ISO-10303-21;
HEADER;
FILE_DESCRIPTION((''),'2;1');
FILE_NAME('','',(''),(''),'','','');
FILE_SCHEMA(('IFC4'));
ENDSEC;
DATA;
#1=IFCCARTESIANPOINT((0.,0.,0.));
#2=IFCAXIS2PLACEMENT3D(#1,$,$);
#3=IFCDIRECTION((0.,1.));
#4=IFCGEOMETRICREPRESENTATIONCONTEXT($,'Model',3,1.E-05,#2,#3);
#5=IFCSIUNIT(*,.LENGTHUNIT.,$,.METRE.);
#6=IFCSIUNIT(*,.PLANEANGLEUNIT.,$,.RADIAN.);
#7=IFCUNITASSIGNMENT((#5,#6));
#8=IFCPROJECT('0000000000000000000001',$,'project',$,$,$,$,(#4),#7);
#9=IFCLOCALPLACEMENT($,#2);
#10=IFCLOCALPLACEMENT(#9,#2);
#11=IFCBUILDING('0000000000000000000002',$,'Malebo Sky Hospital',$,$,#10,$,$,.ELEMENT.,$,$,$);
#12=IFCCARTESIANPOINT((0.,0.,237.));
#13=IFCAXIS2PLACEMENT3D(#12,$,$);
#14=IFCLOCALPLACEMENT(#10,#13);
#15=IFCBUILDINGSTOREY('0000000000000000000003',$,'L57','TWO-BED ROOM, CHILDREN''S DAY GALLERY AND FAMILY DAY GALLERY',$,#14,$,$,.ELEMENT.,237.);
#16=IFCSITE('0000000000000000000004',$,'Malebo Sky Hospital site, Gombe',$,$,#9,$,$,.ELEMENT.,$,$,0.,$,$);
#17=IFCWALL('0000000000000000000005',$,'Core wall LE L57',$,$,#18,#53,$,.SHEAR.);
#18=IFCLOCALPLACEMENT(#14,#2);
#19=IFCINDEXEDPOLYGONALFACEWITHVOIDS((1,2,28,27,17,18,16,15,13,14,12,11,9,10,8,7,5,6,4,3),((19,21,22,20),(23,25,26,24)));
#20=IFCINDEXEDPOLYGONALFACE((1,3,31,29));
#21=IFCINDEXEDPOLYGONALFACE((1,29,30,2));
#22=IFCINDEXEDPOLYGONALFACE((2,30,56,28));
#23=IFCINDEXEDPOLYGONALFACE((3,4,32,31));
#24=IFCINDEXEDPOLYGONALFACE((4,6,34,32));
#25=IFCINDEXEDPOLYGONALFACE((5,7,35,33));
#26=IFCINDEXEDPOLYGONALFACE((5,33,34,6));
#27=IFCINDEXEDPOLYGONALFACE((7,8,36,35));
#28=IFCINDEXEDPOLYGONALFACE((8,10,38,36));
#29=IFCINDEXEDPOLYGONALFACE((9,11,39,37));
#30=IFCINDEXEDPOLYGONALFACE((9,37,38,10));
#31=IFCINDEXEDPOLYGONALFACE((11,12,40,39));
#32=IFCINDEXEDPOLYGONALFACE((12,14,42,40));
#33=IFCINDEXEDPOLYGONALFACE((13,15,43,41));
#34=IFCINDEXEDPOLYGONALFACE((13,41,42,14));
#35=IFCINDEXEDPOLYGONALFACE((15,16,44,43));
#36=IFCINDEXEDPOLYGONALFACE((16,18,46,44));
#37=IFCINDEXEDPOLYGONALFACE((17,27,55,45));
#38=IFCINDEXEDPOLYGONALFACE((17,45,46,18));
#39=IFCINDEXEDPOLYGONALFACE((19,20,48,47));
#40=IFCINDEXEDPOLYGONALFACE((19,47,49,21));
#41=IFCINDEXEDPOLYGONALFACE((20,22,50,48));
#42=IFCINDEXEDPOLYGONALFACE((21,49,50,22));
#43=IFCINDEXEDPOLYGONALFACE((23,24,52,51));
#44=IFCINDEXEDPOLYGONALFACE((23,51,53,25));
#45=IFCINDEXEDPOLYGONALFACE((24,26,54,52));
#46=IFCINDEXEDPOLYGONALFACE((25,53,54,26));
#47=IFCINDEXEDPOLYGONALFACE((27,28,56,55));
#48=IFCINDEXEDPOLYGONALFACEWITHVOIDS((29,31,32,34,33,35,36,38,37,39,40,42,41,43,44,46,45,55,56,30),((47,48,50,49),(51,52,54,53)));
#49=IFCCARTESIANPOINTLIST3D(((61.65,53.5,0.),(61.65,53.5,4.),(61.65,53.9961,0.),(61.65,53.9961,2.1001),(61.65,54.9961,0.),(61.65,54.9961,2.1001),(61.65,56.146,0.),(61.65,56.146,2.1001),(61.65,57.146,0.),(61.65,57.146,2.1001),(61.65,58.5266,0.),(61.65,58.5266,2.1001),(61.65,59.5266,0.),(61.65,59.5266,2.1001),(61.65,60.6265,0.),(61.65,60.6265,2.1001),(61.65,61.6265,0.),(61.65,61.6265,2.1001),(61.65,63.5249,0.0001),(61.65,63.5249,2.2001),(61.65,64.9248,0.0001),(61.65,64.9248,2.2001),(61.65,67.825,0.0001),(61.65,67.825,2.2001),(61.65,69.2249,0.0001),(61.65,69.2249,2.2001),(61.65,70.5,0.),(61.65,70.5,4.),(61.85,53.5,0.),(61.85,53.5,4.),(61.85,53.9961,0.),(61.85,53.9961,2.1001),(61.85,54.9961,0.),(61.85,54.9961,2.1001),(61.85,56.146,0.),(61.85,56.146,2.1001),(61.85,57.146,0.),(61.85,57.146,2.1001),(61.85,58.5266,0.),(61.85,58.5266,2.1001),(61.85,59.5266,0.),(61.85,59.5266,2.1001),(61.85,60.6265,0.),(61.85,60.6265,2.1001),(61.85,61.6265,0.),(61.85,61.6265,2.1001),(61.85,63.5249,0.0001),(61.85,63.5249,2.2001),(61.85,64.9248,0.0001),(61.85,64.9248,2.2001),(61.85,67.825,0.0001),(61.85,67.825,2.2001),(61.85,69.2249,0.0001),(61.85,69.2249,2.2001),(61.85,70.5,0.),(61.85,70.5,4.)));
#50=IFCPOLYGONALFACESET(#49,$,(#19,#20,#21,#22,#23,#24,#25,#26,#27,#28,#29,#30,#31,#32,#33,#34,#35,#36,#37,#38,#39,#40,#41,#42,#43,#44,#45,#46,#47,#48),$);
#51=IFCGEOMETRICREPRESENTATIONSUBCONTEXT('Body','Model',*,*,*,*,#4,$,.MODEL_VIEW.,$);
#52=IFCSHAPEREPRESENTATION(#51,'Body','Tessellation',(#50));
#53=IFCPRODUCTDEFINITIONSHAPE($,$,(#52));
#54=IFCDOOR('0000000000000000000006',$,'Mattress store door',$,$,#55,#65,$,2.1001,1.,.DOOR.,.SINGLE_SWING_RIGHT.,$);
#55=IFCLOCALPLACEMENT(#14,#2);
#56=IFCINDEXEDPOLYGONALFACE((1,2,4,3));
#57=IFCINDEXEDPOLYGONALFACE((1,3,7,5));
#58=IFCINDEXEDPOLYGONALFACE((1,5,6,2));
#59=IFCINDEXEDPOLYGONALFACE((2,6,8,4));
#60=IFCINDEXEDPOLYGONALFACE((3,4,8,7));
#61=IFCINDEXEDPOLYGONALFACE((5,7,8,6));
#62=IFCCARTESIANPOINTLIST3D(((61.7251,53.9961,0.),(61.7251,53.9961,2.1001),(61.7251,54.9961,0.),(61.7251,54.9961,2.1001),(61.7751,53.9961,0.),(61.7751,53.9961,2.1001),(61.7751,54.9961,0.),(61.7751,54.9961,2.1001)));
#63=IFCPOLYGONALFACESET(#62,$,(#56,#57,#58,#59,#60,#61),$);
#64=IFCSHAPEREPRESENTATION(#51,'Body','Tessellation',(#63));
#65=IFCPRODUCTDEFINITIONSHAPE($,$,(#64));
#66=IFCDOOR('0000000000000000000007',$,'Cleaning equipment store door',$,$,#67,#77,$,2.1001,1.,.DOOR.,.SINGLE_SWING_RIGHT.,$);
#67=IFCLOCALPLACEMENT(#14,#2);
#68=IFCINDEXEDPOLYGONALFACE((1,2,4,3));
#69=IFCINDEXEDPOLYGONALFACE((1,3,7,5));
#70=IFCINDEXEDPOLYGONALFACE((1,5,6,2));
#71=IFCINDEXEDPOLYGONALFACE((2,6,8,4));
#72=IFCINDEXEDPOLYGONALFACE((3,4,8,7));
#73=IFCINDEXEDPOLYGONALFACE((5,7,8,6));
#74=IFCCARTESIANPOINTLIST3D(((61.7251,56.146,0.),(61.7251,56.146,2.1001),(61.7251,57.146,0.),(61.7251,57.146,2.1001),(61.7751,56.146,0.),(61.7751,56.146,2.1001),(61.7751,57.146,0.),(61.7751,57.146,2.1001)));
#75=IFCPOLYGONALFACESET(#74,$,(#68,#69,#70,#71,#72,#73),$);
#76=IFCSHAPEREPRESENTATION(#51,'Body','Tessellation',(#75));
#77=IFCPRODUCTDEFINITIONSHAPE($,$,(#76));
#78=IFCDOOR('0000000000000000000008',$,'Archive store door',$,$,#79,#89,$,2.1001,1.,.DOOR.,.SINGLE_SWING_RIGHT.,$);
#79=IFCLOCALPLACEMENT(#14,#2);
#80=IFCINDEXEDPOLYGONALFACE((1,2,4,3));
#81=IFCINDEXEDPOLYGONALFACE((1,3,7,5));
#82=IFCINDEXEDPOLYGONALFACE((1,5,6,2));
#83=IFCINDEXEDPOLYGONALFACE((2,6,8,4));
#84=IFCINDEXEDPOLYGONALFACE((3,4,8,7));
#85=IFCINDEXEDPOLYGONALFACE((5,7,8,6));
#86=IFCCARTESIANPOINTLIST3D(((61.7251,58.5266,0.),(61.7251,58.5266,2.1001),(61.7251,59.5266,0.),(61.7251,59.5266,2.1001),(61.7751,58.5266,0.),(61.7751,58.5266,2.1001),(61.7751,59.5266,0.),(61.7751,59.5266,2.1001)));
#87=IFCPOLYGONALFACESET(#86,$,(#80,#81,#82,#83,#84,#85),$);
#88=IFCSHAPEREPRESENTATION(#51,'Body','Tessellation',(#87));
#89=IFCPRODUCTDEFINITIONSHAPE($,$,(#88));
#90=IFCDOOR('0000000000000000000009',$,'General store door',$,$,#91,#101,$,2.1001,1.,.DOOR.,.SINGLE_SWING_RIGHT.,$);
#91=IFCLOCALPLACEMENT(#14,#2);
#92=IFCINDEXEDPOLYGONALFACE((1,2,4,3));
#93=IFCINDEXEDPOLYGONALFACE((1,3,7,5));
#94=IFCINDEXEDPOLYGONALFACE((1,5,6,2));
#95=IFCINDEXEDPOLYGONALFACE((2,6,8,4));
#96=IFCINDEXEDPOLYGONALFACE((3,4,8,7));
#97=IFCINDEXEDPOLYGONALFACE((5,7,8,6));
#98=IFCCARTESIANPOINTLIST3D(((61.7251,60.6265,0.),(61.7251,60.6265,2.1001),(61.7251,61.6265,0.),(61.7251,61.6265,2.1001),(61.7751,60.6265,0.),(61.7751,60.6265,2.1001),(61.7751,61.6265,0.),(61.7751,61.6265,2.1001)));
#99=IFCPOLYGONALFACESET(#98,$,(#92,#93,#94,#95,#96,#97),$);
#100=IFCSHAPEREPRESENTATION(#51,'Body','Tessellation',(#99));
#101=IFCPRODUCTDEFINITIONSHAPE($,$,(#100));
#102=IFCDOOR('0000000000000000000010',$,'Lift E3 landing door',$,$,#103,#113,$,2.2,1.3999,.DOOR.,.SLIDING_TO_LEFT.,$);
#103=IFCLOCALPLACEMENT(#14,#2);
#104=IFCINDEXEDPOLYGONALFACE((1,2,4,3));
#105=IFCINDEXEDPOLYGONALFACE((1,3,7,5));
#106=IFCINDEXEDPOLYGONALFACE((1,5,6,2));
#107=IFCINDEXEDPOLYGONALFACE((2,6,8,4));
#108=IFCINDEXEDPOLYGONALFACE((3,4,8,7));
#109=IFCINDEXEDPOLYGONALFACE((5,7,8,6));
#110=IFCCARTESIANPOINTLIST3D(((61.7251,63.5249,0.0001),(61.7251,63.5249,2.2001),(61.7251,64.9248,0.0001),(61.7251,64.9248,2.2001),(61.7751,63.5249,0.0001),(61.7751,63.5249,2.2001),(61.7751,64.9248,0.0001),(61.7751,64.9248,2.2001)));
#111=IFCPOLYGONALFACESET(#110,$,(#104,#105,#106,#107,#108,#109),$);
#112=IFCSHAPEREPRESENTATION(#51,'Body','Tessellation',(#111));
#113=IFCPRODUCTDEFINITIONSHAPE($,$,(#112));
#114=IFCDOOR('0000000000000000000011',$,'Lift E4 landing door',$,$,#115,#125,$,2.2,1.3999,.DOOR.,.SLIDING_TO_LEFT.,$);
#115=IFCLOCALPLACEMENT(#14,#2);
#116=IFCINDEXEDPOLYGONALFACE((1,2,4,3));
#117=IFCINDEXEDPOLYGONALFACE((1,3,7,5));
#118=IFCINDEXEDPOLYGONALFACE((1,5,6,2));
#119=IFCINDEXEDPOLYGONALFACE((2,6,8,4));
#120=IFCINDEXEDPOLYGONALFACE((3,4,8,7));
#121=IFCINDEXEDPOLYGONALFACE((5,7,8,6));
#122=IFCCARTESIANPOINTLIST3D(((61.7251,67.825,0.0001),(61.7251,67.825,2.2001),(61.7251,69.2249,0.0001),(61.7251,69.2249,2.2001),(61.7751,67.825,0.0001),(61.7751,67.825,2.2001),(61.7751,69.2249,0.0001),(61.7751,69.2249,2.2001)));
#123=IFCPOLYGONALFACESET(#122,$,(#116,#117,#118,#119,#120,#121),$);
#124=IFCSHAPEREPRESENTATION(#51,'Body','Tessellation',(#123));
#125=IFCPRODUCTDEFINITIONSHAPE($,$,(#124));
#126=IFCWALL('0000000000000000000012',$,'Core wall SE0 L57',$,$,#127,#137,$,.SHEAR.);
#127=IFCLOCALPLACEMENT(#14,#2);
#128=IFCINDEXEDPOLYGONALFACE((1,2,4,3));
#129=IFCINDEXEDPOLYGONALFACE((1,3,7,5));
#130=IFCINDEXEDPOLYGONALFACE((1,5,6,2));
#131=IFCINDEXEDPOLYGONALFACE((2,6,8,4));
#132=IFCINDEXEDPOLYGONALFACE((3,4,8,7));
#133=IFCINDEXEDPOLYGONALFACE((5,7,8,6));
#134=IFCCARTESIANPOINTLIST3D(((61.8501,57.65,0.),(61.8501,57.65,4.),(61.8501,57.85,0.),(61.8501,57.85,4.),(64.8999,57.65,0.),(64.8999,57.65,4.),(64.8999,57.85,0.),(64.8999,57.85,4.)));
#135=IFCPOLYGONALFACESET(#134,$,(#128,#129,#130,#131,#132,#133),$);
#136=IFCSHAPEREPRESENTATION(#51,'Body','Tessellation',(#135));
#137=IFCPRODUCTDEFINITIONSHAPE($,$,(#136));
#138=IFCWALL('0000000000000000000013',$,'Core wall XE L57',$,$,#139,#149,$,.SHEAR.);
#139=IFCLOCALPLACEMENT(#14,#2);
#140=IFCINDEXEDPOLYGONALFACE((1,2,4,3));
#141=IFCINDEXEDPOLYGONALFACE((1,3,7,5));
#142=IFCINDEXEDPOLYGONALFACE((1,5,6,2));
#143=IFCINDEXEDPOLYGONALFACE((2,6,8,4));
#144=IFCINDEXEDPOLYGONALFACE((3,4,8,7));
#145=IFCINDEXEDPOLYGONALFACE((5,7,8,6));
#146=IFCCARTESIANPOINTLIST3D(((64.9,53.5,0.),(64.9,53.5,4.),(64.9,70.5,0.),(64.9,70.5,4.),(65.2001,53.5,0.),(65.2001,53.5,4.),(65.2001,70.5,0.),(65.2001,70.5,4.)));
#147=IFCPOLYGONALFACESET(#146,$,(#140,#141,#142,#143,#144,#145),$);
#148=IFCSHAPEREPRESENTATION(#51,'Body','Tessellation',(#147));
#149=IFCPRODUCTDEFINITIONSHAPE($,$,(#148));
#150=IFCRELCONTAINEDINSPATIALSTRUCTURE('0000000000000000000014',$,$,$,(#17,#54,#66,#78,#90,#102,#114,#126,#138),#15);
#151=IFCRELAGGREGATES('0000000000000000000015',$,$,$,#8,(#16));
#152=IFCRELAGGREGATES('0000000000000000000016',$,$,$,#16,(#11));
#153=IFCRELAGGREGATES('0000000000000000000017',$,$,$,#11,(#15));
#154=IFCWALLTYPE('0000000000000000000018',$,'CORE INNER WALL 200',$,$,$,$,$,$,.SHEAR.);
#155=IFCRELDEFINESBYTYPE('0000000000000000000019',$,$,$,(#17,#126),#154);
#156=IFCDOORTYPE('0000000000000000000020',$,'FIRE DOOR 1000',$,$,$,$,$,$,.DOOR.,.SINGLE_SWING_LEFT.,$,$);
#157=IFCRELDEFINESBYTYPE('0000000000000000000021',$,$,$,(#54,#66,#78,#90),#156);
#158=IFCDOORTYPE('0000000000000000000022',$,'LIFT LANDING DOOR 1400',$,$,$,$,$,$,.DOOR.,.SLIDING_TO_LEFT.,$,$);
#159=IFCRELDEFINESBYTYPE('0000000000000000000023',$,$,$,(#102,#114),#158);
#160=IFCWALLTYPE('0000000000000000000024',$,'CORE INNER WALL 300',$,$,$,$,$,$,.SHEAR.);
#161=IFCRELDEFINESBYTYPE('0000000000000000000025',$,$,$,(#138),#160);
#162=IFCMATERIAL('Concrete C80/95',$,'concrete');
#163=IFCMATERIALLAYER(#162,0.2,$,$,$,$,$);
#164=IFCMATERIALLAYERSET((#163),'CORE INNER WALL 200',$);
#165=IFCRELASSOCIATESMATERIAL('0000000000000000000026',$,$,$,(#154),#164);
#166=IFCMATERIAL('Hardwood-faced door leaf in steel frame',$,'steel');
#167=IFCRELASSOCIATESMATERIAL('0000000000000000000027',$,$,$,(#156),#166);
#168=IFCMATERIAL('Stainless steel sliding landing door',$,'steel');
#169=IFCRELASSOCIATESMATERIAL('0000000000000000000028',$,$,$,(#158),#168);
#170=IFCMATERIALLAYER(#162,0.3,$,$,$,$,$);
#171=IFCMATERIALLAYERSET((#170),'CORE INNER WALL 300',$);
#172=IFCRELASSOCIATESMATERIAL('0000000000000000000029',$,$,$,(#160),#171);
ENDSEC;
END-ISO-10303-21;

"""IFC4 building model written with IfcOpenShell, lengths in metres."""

from ifc_helpers import new_model, si_unit, direction, frame, frame_2d, origin, place, context, subcontext, project, spatial, rectangle, extrude, material, layer, layer_set, type_object, element, fill, save


model = new_model("IFC4")

# Units and contexts
model_context = context("Model", 3, precision=1e-05, world=origin(), true_north=direction((0.0, 1.0)))
body_context = subcontext(model_context, "Body", "Model", "MODEL_VIEW")
ifc_project = project(units=[si_unit("LENGTHUNIT", "METRE"), si_unit("PLANEANGLEUNIT", "RADIAN")], contexts=[model_context])

# Site, building, storey
site_placement = place(None, origin())
site = spatial("IfcSite", under=ifc_project, at=site_placement, Name="Malebo Sky Hospital site, Gombe", CompositionType="ELEMENT", RefElevation=0.0)
building_placement = place(site_placement, origin())
building = spatial("IfcBuilding", under=site, at=building_placement, Name="Malebo Sky Hospital", CompositionType="ELEMENT")
storey_placement = place(building_placement, frame((0.0, 0.0, 237.0)))
storey = spatial("IfcBuildingStorey", under=building, at=storey_placement, Name="L57", Description="TWO-BED ROOM, CHILDREN'S DAY GALLERY AND FAMILY DAY GALLERY", CompositionType="ELEMENT", Elevation=237.0)

# Wall, openings, doors
ifc_material_1 = material(Name="Concrete C80/95", Category="concrete")
ifc_layer_1 = layer(ifc_material_1, 0.2)
ifc_layer_set_1 = layer_set([ifc_layer_1], Name="CORE INNER WALL 200")
wall_type_1 = type_object("IfcWallType", Name="CORE INNER WALL 200", PredefinedType="SHEAR", material=ifc_layer_set_1)
ifc_material_2 = material(Name="Hardwood-faced door leaf in steel frame", Category="steel")
door_type_1 = type_object("IfcDoorType", Name="FIRE DOOR 1000", OperationType="SINGLE_SWING_LEFT", PredefinedType="DOOR", material=ifc_material_2)
ifc_material_3 = material(Name="Stainless steel sliding landing door", Category="steel")
door_type_2 = type_object("IfcDoorType", Name="LIFT LANDING DOOR 1400", OperationType="SLIDING_TO_LEFT", PredefinedType="DOOR", material=ifc_material_3)
wall_1_placement = place(storey_placement, frame((61.75, 53.5, 0.0), z_axis=(0.0, 0.0, 1.0), x_axis=(0.0, 1.0, 0.0)))
wall_1 = element("IfcWall", 1, at=wall_1_placement, inside=storey, type_object=wall_type_1, Name="Core wall LE L57", PredefinedType="SHEAR", context=body_context, shape_type="SweptSolid", body=[
    extrude(rectangle(XDim=17.0, YDim=0.2, at=frame_2d((8.5, 0.0))), origin(), (0.0, 0.0, 1.0), 4.0),
])
opening_1_placement = place(wall_1_placement, frame((0.4961, 0.0, 0.0)))
opening_1 = element("IfcOpeningElement", 2, at=opening_1_placement, cuts=wall_1, PredefinedType="OPENING", context=body_context, shape_type="SweptSolid", body=[
    extrude(rectangle(XDim=1.0, YDim=2.1001, at=frame_2d((0.5, 1.05))), frame((0.0, 0.1099, 0.0), z_axis=(0.0, -1.0, 0.0), x_axis=(1.0, 0.0, 0.0)), (0.0, 0.0, 1.0), 0.22),
])
opening_2_placement = place(wall_1_placement, frame((2.646, 0.0, 0.0)))
opening_2 = element("IfcOpeningElement", 3, at=opening_2_placement, cuts=wall_1, PredefinedType="OPENING", context=body_context, shape_type="SweptSolid", body=[
    extrude(rectangle(XDim=1.0, YDim=2.1001, at=frame_2d((0.5, 1.05))), frame((0.0, 0.1099, 0.0), z_axis=(0.0, -1.0, 0.0), x_axis=(1.0, 0.0, 0.0)), (0.0, 0.0, 1.0), 0.22),
])
opening_3_placement = place(wall_1_placement, frame((5.0266, 0.0, 0.0)))
opening_3 = element("IfcOpeningElement", 4, at=opening_3_placement, cuts=wall_1, PredefinedType="OPENING", context=body_context, shape_type="SweptSolid", body=[
    extrude(rectangle(XDim=1.0, YDim=2.1001, at=frame_2d((0.5, 1.05))), frame((0.0, 0.1099, 0.0), z_axis=(0.0, -1.0, 0.0), x_axis=(1.0, 0.0, 0.0)), (0.0, 0.0, 1.0), 0.22),
])
opening_4_placement = place(wall_1_placement, frame((7.1265, 0.0, 0.0)))
opening_4 = element("IfcOpeningElement", 5, at=opening_4_placement, cuts=wall_1, PredefinedType="OPENING", context=body_context, shape_type="SweptSolid", body=[
    extrude(rectangle(XDim=1.0, YDim=2.1001, at=frame_2d((0.5, 1.05))), frame((0.0, 0.1099, 0.0), z_axis=(0.0, -1.0, 0.0), x_axis=(1.0, 0.0, 0.0)), (0.0, 0.0, 1.0), 0.22),
])
opening_5_placement = place(wall_1_placement, frame((10.0249, 0.0, 0.0)))
opening_5 = element("IfcOpeningElement", 6, at=opening_5_placement, cuts=wall_1, PredefinedType="OPENING", context=body_context, shape_type="SweptSolid", body=[
    extrude(rectangle(XDim=1.3999, YDim=2.2, at=frame_2d((0.7, 1.1001))), frame((0.0, 0.1099, 0.0), z_axis=(0.0, -1.0, 0.0), x_axis=(1.0, 0.0, 0.0)), (0.0, 0.0, 1.0), 0.22),
])
opening_6_placement = place(wall_1_placement, frame((14.325, 0.0, 0.0)))
opening_6 = element("IfcOpeningElement", 7, at=opening_6_placement, cuts=wall_1, PredefinedType="OPENING", context=body_context, shape_type="SweptSolid", body=[
    extrude(rectangle(XDim=1.3999, YDim=2.2, at=frame_2d((0.7, 1.1001))), frame((0.0, 0.1099, 0.0), z_axis=(0.0, -1.0, 0.0), x_axis=(1.0, 0.0, 0.0)), (0.0, 0.0, 1.0), 0.22),
])
door_1_placement = place(opening_1_placement, origin())
door_1 = element("IfcDoor", 8, at=door_1_placement, inside=storey, type_object=door_type_1, Name="Mattress store door", OperationType="SINGLE_SWING_RIGHT", OverallHeight=2.1001, OverallWidth=1.0, PredefinedType="DOOR", context=body_context, shape_type="SweptSolid", body=[
    extrude(rectangle(XDim=1.0, YDim=2.1001, at=frame_2d((0.5, 1.05))), frame((0.0, 0.0249, 0.0), z_axis=(0.0, -1.0, 0.0), x_axis=(1.0, 0.0, 0.0)), (0.0, 0.0, 1.0), 0.05),
])
fill(opening_1, door_1)
door_2_placement = place(opening_2_placement, origin())
door_2 = element("IfcDoor", 9, at=door_2_placement, inside=storey, type_object=door_type_1, Name="Cleaning equipment store door", OperationType="SINGLE_SWING_RIGHT", OverallHeight=2.1001, OverallWidth=1.0, PredefinedType="DOOR", context=body_context, shape_type="SweptSolid", body=[
    extrude(rectangle(XDim=1.0, YDim=2.1001, at=frame_2d((0.5, 1.05))), frame((0.0, 0.0249, 0.0), z_axis=(0.0, -1.0, 0.0), x_axis=(1.0, 0.0, 0.0)), (0.0, 0.0, 1.0), 0.05),
])
fill(opening_2, door_2)
door_3_placement = place(opening_3_placement, origin())
door_3 = element("IfcDoor", 10, at=door_3_placement, inside=storey, type_object=door_type_1, Name="Archive store door", OperationType="SINGLE_SWING_RIGHT", OverallHeight=2.1001, OverallWidth=1.0, PredefinedType="DOOR", context=body_context, shape_type="SweptSolid", body=[
    extrude(rectangle(XDim=1.0, YDim=2.1001, at=frame_2d((0.5, 1.05))), frame((0.0, 0.0249, 0.0), z_axis=(0.0, -1.0, 0.0), x_axis=(1.0, 0.0, 0.0)), (0.0, 0.0, 1.0), 0.05),
])
fill(opening_3, door_3)
door_4_placement = place(opening_4_placement, origin())
door_4 = element("IfcDoor", 11, at=door_4_placement, inside=storey, type_object=door_type_1, Name="General store door", OperationType="SINGLE_SWING_RIGHT", OverallHeight=2.1001, OverallWidth=1.0, PredefinedType="DOOR", context=body_context, shape_type="SweptSolid", body=[
    extrude(rectangle(XDim=1.0, YDim=2.1001, at=frame_2d((0.5, 1.05))), frame((0.0, 0.0249, 0.0), z_axis=(0.0, -1.0, 0.0), x_axis=(1.0, 0.0, 0.0)), (0.0, 0.0, 1.0), 0.05),
])
fill(opening_4, door_4)
door_5_placement = place(opening_5_placement, origin())
door_5 = element("IfcDoor", 12, at=door_5_placement, inside=storey, type_object=door_type_2, Name="Lift E3 landing door", OperationType="SLIDING_TO_LEFT", OverallHeight=2.2, OverallWidth=1.3999, PredefinedType="DOOR", context=body_context, shape_type="SweptSolid", body=[
    extrude(rectangle(XDim=1.3999, YDim=2.2, at=frame_2d((0.7, 1.1001))), frame((0.0, 0.0249, 0.0), z_axis=(0.0, -1.0, 0.0), x_axis=(1.0, 0.0, 0.0)), (0.0, 0.0, 1.0), 0.05),
])
fill(opening_5, door_5)
door_6_placement = place(opening_6_placement, origin())
door_6 = element("IfcDoor", 13, at=door_6_placement, inside=storey, type_object=door_type_2, Name="Lift E4 landing door", OperationType="SLIDING_TO_LEFT", OverallHeight=2.2, OverallWidth=1.3999, PredefinedType="DOOR", context=body_context, shape_type="SweptSolid", body=[
    extrude(rectangle(XDim=1.3999, YDim=2.2, at=frame_2d((0.7, 1.1001))), frame((0.0, 0.0249, 0.0), z_axis=(0.0, -1.0, 0.0), x_axis=(1.0, 0.0, 0.0)), (0.0, 0.0, 1.0), 0.05),
])
fill(opening_6, door_6)

# Walls
wall_2_placement = place(storey_placement, frame((61.8501, 57.75, 0.0), z_axis=(0.0, 0.0, 1.0), x_axis=(1.0, 0.0, 0.0)))
element("IfcWall", 14, at=wall_2_placement, inside=storey, type_object=wall_type_1, Name="Core wall SE0 L57", PredefinedType="SHEAR", context=body_context, shape_type="SweptSolid", body=[
    extrude(rectangle(XDim=3.0498, YDim=0.2, at=frame_2d((1.5249, 0.0))), origin(), (0.0, 0.0, 1.0), 4.0),
])
ifc_layer_2 = layer(ifc_material_1, 0.3)
ifc_layer_set_2 = layer_set([ifc_layer_2], Name="CORE INNER WALL 300")
wall_type_2 = type_object("IfcWallType", Name="CORE INNER WALL 300", PredefinedType="SHEAR", material=ifc_layer_set_2)
wall_3_placement = place(storey_placement, frame((65.05, 53.5, 0.0), z_axis=(0.0, 0.0, 1.0), x_axis=(0.0, 1.0, 0.0)))
element("IfcWall", 15, at=wall_3_placement, inside=storey, type_object=wall_type_2, Name="Core wall XE L57", PredefinedType="SHEAR", context=body_context, shape_type="SweptSolid", body=[
    extrude(rectangle(XDim=17.0, YDim=0.3, at=frame_2d((8.5, 0.0))), origin(), (0.0, 0.0, 1.0), 4.0),
])

save(model, "model.ifc")
